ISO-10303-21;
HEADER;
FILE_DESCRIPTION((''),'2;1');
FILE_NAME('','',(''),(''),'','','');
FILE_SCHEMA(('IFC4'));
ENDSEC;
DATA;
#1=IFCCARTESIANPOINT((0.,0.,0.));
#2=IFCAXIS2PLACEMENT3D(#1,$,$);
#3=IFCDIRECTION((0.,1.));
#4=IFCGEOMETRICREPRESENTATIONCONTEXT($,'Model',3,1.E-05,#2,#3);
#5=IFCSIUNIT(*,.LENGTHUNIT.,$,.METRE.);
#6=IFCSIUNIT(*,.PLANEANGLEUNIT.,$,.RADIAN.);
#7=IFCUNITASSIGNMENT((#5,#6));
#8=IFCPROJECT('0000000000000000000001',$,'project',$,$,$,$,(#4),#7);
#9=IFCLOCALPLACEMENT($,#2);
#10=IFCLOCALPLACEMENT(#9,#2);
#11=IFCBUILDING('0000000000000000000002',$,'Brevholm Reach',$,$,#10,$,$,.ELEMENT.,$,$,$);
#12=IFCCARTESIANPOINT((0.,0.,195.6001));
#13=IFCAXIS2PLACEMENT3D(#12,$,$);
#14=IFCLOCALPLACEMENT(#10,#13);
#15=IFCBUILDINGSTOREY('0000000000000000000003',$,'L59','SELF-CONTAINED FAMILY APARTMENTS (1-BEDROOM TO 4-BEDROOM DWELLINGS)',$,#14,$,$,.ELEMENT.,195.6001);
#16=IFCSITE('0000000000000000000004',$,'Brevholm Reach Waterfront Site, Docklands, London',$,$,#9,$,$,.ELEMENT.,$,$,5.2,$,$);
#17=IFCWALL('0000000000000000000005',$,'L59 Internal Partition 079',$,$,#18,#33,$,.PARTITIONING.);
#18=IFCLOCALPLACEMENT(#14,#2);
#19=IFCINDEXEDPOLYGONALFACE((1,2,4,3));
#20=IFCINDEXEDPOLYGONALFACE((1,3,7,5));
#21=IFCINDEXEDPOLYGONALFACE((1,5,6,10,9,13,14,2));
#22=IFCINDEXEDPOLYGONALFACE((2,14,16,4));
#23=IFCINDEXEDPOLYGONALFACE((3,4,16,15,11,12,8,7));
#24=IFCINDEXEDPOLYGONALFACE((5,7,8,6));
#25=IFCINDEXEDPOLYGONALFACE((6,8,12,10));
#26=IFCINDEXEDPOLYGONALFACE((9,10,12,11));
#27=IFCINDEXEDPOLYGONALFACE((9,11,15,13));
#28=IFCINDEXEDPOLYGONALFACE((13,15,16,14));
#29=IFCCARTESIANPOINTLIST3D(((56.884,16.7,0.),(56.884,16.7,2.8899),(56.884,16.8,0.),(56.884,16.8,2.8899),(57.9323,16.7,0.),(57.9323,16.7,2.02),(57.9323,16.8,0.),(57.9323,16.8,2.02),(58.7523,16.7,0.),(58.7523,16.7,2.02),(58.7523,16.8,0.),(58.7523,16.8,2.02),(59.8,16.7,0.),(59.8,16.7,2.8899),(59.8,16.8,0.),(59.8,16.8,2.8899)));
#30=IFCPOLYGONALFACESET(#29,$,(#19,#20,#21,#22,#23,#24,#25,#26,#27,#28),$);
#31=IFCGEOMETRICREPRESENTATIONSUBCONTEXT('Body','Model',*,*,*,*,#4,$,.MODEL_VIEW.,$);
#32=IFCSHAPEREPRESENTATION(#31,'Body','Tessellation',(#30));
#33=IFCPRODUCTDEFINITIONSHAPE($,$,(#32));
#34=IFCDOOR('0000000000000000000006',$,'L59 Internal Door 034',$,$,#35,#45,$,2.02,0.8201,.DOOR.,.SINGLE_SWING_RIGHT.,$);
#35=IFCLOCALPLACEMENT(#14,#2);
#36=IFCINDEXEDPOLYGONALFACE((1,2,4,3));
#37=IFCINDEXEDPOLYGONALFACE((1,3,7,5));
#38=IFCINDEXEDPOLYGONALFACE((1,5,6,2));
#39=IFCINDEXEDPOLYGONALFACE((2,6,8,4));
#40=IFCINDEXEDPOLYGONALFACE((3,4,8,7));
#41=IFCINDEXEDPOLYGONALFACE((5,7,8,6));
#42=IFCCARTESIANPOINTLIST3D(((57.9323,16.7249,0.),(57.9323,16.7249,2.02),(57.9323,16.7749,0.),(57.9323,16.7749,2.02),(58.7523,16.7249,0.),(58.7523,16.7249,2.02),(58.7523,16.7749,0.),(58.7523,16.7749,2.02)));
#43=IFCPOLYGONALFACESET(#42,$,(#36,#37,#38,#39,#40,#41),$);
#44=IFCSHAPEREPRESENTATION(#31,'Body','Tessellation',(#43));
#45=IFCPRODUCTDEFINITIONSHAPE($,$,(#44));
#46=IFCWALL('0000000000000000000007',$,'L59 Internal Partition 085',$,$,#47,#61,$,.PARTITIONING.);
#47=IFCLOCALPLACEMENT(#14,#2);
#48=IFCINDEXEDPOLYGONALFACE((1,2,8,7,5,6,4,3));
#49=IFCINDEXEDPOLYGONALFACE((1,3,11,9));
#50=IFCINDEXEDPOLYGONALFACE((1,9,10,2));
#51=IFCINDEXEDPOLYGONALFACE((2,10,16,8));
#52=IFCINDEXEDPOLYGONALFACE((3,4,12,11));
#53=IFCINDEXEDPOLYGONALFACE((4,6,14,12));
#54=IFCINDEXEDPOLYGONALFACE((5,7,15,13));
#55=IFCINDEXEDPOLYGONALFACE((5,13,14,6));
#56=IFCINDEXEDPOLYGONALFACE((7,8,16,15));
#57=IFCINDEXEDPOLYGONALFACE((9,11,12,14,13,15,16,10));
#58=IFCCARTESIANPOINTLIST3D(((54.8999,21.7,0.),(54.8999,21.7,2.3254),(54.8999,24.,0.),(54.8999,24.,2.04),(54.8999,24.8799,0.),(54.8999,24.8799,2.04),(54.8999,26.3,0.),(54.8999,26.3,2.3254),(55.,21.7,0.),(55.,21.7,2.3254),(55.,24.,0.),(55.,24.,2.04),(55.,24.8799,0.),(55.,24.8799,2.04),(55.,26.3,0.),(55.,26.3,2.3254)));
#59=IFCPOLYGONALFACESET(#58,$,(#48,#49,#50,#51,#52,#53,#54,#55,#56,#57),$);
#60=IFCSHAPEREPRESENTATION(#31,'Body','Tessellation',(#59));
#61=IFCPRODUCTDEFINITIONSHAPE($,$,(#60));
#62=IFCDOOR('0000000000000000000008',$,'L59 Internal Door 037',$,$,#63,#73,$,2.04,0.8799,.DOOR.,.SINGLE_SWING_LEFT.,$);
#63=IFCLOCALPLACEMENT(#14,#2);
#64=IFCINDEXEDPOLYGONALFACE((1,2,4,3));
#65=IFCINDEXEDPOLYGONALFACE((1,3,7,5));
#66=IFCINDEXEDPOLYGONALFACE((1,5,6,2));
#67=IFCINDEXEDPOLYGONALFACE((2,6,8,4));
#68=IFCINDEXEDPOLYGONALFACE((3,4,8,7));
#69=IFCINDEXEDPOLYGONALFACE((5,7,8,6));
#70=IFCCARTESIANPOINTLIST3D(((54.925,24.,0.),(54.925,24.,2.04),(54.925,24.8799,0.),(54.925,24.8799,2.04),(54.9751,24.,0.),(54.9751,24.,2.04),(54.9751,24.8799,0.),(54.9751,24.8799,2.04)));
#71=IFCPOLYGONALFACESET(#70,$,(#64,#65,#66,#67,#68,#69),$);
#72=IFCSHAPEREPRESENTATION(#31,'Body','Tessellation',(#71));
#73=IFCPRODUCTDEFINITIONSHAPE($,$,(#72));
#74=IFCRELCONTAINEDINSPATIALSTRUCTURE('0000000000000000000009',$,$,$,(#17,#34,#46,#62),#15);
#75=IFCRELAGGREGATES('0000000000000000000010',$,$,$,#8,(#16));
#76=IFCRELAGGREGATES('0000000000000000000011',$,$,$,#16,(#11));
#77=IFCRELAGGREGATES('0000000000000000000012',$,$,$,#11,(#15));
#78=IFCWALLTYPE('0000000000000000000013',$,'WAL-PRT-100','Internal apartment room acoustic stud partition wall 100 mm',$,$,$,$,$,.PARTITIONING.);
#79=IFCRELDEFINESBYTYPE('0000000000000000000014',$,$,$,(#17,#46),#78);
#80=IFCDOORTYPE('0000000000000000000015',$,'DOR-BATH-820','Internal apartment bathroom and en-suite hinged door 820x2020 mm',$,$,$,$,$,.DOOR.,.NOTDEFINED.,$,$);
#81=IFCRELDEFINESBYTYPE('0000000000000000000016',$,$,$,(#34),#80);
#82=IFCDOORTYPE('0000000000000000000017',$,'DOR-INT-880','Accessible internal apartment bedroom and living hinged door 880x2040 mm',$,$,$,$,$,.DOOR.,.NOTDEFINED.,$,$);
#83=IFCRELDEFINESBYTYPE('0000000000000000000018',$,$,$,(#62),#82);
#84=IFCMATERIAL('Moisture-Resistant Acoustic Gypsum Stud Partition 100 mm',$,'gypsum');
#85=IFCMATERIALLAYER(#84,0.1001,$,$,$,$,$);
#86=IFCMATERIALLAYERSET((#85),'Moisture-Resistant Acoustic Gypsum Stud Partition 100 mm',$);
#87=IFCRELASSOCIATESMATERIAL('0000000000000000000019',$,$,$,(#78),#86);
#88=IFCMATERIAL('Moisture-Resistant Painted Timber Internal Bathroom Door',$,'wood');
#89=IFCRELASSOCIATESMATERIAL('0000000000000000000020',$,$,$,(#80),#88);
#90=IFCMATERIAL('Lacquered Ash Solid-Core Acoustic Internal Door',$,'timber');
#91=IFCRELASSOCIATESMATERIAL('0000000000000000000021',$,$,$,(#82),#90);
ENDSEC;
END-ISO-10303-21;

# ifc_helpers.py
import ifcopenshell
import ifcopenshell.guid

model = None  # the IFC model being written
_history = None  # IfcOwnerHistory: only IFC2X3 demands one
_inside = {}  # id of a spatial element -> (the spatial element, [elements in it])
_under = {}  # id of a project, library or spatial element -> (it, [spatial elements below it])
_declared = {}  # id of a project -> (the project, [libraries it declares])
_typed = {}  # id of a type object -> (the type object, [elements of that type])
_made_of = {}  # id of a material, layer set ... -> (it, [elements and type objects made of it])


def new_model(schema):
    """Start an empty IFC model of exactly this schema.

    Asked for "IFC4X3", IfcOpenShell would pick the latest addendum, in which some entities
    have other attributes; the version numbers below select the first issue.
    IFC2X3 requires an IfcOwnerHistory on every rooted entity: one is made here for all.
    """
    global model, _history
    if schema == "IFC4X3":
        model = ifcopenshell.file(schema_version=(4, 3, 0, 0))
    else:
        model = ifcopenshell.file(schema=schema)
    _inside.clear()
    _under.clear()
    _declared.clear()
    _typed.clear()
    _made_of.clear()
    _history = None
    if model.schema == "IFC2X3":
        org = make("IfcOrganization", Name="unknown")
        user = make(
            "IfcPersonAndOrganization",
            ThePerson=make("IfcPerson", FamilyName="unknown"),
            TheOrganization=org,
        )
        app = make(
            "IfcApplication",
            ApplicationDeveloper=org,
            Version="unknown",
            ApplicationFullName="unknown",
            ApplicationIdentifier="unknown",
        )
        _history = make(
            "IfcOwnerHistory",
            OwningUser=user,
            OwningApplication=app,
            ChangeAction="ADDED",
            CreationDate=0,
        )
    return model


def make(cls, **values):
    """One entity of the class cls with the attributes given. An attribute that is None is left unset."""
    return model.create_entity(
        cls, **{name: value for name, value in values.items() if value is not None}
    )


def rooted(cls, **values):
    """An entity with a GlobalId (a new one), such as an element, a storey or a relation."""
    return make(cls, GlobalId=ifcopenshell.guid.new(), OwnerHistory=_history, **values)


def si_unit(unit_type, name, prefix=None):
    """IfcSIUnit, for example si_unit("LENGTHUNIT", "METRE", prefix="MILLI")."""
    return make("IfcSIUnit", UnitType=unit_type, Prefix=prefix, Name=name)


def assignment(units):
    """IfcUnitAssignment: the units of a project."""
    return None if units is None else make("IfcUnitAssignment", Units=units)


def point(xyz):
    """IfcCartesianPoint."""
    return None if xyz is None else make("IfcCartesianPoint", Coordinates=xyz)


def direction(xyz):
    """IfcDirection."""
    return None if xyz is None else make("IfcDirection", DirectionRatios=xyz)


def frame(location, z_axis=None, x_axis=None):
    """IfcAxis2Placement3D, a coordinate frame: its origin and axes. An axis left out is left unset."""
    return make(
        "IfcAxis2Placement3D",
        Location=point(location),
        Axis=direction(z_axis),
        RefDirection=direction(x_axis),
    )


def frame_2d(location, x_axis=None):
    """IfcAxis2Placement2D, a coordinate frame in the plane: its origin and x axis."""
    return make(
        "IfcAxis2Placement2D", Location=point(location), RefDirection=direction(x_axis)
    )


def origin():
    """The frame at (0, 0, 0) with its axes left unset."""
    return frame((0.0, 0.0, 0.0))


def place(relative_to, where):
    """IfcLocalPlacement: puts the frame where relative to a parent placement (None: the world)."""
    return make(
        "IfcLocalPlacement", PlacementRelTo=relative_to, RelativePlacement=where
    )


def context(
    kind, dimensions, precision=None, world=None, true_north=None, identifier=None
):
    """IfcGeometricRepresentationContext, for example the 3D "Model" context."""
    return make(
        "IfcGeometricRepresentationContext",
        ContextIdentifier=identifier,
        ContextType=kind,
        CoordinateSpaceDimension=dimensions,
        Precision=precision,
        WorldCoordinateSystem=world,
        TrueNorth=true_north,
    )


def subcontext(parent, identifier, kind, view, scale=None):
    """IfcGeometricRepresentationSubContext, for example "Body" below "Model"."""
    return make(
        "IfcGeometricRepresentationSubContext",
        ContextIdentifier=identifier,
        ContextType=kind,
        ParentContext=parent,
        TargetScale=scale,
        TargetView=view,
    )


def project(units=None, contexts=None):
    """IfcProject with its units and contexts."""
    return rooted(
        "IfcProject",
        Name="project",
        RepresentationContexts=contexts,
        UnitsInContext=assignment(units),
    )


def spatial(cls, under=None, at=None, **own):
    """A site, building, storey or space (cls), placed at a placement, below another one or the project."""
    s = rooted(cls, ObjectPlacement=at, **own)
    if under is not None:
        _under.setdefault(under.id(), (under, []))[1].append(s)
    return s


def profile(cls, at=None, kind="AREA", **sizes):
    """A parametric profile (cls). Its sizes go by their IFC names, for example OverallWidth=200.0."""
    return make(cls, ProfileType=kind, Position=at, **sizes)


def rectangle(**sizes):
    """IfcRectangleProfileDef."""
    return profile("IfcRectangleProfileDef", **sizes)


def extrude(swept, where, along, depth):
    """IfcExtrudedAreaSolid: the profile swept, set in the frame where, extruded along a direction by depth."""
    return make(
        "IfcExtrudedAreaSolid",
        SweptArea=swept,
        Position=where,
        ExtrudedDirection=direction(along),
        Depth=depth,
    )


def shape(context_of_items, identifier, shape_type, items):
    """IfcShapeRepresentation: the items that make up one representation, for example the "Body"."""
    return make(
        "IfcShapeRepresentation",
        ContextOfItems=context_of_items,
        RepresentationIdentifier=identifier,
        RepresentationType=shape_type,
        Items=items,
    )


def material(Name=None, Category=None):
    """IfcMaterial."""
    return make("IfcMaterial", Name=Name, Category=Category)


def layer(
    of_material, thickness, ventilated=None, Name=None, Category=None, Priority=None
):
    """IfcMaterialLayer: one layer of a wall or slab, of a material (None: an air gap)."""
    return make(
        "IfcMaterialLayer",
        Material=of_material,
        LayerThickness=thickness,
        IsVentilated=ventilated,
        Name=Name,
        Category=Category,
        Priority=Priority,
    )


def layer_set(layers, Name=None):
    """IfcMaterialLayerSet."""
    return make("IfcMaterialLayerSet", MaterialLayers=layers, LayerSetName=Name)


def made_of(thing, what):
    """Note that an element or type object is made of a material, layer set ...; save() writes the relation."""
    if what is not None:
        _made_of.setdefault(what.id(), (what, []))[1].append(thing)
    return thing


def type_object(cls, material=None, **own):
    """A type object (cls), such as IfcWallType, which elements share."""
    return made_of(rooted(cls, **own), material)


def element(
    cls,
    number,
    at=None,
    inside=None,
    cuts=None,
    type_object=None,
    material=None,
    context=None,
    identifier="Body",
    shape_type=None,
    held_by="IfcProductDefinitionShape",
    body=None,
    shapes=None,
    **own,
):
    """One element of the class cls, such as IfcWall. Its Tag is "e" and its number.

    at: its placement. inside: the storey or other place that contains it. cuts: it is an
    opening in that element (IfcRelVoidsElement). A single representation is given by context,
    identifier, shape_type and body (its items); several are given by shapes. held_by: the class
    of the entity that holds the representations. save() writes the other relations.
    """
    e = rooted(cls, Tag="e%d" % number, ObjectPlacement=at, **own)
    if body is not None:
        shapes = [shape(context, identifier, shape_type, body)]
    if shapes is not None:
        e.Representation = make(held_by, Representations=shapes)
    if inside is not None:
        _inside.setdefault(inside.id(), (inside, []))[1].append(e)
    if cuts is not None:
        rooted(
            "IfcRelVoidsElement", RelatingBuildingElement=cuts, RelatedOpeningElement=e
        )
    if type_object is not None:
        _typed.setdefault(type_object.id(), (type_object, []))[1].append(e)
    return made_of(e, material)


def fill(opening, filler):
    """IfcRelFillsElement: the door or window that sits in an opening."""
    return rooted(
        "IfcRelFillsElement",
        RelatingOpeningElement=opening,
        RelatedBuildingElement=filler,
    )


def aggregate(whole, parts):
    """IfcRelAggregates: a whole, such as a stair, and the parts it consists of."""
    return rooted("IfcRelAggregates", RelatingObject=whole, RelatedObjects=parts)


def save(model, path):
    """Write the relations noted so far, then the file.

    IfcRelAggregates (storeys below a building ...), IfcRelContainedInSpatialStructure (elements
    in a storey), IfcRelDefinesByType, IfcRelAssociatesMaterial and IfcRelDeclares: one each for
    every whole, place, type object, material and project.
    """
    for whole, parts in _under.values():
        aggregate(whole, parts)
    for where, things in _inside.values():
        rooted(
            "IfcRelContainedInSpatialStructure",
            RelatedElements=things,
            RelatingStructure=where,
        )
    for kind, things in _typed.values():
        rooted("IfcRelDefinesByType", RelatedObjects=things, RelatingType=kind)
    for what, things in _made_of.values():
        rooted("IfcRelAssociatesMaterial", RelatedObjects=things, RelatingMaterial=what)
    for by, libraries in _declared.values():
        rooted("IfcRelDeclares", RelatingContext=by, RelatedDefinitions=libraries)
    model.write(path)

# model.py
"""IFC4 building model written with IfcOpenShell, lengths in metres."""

from ifc_helpers import new_model, si_unit, direction, frame, frame_2d, origin, place, context, subcontext, project, spatial, rectangle, extrude, material, layer, layer_set, type_object, element, fill, save


model = new_model("IFC4")

# Units and contexts
model_context = context("Model", 3, precision=1e-05, world=origin(), true_north=direction((0.0, 1.0)))
body_context = subcontext(model_context, "Body", "Model", "MODEL_VIEW")
ifc_project = project(units=[si_unit("LENGTHUNIT", "METRE"), si_unit("PLANEANGLEUNIT", "RADIAN")], contexts=[model_context])

# Site, building, storey
site_placement = place(None, origin())
site = spatial("IfcSite", under=ifc_project, at=site_placement, Name="Brevholm Reach Waterfront Site, Docklands, London", CompositionType="ELEMENT", RefElevation=5.2)
building_placement = place(site_placement, origin())
building = spatial("IfcBuilding", under=site, at=building_placement, Name="Brevholm Reach", CompositionType="ELEMENT")
storey_placement = place(building_placement, frame((0.0, 0.0, 195.6001)))
storey = spatial("IfcBuildingStorey", under=building, at=storey_placement, Name="L59", Description="SELF-CONTAINED FAMILY APARTMENTS (1-BEDROOM TO 4-BEDROOM DWELLINGS)", CompositionType="ELEMENT", Elevation=195.6001)

# Walls, openings, doors
ifc_material_1 = material(Name="Moisture-Resistant Acoustic Gypsum Stud Partition 100 mm", Category="gypsum")
ifc_layer_1 = layer(ifc_material_1, 0.1001)
ifc_layer_set_1 = layer_set([ifc_layer_1], Name="Moisture-Resistant Acoustic Gypsum Stud Partition 100 mm")
wall_type_1 = type_object("IfcWallType", Name="WAL-PRT-100", Description="Internal apartment room acoustic stud partition wall 100 mm", PredefinedType="PARTITIONING", material=ifc_layer_set_1)
wall_1_placement = place(storey_placement, frame((56.884, 16.75, 0.0), z_axis=(0.0, 0.0, 1.0), x_axis=(1.0, 0.0, 0.0)))
wall_1 = element("IfcWall", 1, at=wall_1_placement, inside=storey, type_object=wall_type_1, Name="L59 Internal Partition 079", PredefinedType="PARTITIONING", context=body_context, shape_type="SweptSolid", body=[
    extrude(rectangle(XDim=2.916, YDim=0.1001, at=frame_2d((1.458, 0.0))), origin(), (0.0, 0.0, 1.0), 2.8899),
])
opening_1_placement = place(wall_1_placement, frame((1.0481, 0.0, 0.0)))
opening_1 = element("IfcOpeningElement", 2, at=opening_1_placement, cuts=wall_1, PredefinedType="OPENING", context=body_context, shape_type="SweptSolid", body=[
    extrude(rectangle(XDim=0.8201, YDim=2.02, at=frame_2d((0.4102, 1.01))), frame((0.0, 0.0601, 0.0), z_axis=(0.0, -1.0, 0.0), x_axis=(1.0, 0.0, 0.0)), (0.0, 0.0, 1.0), 0.1201),
])
ifc_material_2 = material(Name="Moisture-Resistant Painted Timber Internal Bathroom Door", Category="wood")
door_type_1 = type_object("IfcDoorType", Name="DOR-BATH-820", Description="Internal apartment bathroom and en-suite hinged door 820x2020 mm", OperationType="NOTDEFINED", PredefinedType="DOOR", material=ifc_material_2)
door_1_placement = place(opening_1_placement, origin())
door_1 = element("IfcDoor", 3, at=door_1_placement, inside=storey, type_object=door_type_1, Name="L59 Internal Door 034", OperationType="SINGLE_SWING_RIGHT", OverallHeight=2.02, OverallWidth=0.8201, PredefinedType="DOOR", context=body_context, shape_type="SweptSolid", body=[
    extrude(rectangle(XDim=0.8201, YDim=2.02, at=frame_2d((0.4102, 1.01))), frame((0.0, 0.0249, 0.0), z_axis=(0.0, -1.0, 0.0), x_axis=(1.0, 0.0, 0.0)), (0.0, 0.0, 1.0), 0.05),
])
fill(opening_1, door_1)
wall_2_placement = place(storey_placement, frame((54.95, 21.7, 0.0), z_axis=(0.0, 0.0, 1.0), x_axis=(0.0, 1.0, 0.0)))
wall_2 = element("IfcWall", 4, at=wall_2_placement, inside=storey, type_object=wall_type_1, Name="L59 Internal Partition 085", PredefinedType="PARTITIONING", context=body_context, shape_type="SweptSolid", body=[
    extrude(rectangle(XDim=4.6001, YDim=0.1001, at=frame_2d((2.3, 0.0))), origin(), (0.0, 0.0, 1.0), 2.3254),
])
opening_2_placement = place(wall_2_placement, frame((2.3, 0.0, 0.0)))
opening_2 = element("IfcOpeningElement", 5, at=opening_2_placement, cuts=wall_2, PredefinedType="OPENING", context=body_context, shape_type="SweptSolid", body=[
    extrude(rectangle(XDim=0.8799, YDim=2.04, at=frame_2d((0.4399, 1.02))), frame((0.0, 0.0601, 0.0), z_axis=(0.0, -1.0, 0.0), x_axis=(1.0, 0.0, 0.0)), (0.0, 0.0, 1.0), 0.1201),
])
ifc_material_3 = material(Name="Lacquered Ash Solid-Core Acoustic Internal Door", Category="timber")
door_type_2 = type_object("IfcDoorType", Name="DOR-INT-880", Description="Accessible internal apartment bedroom and living hinged door 880x2040 mm", OperationType="NOTDEFINED", PredefinedType="DOOR", material=ifc_material_3)
door_2_placement = place(opening_2_placement, origin())
door_2 = element("IfcDoor", 6, at=door_2_placement, inside=storey, type_object=door_type_2, Name="L59 Internal Door 037", OperationType="SINGLE_SWING_LEFT", OverallHeight=2.04, OverallWidth=0.8799, PredefinedType="DOOR", context=body_context, shape_type="SweptSolid", body=[
    extrude(rectangle(XDim=0.8799, YDim=2.04, at=frame_2d((0.4399, 1.02))), frame((0.0, 0.0249, 0.0), z_axis=(0.0, -1.0, 0.0), x_axis=(1.0, 0.0, 0.0)), (0.0, 0.0, 1.0), 0.05),
])
fill(opening_2, door_2)

save(model, "model.ifc")
